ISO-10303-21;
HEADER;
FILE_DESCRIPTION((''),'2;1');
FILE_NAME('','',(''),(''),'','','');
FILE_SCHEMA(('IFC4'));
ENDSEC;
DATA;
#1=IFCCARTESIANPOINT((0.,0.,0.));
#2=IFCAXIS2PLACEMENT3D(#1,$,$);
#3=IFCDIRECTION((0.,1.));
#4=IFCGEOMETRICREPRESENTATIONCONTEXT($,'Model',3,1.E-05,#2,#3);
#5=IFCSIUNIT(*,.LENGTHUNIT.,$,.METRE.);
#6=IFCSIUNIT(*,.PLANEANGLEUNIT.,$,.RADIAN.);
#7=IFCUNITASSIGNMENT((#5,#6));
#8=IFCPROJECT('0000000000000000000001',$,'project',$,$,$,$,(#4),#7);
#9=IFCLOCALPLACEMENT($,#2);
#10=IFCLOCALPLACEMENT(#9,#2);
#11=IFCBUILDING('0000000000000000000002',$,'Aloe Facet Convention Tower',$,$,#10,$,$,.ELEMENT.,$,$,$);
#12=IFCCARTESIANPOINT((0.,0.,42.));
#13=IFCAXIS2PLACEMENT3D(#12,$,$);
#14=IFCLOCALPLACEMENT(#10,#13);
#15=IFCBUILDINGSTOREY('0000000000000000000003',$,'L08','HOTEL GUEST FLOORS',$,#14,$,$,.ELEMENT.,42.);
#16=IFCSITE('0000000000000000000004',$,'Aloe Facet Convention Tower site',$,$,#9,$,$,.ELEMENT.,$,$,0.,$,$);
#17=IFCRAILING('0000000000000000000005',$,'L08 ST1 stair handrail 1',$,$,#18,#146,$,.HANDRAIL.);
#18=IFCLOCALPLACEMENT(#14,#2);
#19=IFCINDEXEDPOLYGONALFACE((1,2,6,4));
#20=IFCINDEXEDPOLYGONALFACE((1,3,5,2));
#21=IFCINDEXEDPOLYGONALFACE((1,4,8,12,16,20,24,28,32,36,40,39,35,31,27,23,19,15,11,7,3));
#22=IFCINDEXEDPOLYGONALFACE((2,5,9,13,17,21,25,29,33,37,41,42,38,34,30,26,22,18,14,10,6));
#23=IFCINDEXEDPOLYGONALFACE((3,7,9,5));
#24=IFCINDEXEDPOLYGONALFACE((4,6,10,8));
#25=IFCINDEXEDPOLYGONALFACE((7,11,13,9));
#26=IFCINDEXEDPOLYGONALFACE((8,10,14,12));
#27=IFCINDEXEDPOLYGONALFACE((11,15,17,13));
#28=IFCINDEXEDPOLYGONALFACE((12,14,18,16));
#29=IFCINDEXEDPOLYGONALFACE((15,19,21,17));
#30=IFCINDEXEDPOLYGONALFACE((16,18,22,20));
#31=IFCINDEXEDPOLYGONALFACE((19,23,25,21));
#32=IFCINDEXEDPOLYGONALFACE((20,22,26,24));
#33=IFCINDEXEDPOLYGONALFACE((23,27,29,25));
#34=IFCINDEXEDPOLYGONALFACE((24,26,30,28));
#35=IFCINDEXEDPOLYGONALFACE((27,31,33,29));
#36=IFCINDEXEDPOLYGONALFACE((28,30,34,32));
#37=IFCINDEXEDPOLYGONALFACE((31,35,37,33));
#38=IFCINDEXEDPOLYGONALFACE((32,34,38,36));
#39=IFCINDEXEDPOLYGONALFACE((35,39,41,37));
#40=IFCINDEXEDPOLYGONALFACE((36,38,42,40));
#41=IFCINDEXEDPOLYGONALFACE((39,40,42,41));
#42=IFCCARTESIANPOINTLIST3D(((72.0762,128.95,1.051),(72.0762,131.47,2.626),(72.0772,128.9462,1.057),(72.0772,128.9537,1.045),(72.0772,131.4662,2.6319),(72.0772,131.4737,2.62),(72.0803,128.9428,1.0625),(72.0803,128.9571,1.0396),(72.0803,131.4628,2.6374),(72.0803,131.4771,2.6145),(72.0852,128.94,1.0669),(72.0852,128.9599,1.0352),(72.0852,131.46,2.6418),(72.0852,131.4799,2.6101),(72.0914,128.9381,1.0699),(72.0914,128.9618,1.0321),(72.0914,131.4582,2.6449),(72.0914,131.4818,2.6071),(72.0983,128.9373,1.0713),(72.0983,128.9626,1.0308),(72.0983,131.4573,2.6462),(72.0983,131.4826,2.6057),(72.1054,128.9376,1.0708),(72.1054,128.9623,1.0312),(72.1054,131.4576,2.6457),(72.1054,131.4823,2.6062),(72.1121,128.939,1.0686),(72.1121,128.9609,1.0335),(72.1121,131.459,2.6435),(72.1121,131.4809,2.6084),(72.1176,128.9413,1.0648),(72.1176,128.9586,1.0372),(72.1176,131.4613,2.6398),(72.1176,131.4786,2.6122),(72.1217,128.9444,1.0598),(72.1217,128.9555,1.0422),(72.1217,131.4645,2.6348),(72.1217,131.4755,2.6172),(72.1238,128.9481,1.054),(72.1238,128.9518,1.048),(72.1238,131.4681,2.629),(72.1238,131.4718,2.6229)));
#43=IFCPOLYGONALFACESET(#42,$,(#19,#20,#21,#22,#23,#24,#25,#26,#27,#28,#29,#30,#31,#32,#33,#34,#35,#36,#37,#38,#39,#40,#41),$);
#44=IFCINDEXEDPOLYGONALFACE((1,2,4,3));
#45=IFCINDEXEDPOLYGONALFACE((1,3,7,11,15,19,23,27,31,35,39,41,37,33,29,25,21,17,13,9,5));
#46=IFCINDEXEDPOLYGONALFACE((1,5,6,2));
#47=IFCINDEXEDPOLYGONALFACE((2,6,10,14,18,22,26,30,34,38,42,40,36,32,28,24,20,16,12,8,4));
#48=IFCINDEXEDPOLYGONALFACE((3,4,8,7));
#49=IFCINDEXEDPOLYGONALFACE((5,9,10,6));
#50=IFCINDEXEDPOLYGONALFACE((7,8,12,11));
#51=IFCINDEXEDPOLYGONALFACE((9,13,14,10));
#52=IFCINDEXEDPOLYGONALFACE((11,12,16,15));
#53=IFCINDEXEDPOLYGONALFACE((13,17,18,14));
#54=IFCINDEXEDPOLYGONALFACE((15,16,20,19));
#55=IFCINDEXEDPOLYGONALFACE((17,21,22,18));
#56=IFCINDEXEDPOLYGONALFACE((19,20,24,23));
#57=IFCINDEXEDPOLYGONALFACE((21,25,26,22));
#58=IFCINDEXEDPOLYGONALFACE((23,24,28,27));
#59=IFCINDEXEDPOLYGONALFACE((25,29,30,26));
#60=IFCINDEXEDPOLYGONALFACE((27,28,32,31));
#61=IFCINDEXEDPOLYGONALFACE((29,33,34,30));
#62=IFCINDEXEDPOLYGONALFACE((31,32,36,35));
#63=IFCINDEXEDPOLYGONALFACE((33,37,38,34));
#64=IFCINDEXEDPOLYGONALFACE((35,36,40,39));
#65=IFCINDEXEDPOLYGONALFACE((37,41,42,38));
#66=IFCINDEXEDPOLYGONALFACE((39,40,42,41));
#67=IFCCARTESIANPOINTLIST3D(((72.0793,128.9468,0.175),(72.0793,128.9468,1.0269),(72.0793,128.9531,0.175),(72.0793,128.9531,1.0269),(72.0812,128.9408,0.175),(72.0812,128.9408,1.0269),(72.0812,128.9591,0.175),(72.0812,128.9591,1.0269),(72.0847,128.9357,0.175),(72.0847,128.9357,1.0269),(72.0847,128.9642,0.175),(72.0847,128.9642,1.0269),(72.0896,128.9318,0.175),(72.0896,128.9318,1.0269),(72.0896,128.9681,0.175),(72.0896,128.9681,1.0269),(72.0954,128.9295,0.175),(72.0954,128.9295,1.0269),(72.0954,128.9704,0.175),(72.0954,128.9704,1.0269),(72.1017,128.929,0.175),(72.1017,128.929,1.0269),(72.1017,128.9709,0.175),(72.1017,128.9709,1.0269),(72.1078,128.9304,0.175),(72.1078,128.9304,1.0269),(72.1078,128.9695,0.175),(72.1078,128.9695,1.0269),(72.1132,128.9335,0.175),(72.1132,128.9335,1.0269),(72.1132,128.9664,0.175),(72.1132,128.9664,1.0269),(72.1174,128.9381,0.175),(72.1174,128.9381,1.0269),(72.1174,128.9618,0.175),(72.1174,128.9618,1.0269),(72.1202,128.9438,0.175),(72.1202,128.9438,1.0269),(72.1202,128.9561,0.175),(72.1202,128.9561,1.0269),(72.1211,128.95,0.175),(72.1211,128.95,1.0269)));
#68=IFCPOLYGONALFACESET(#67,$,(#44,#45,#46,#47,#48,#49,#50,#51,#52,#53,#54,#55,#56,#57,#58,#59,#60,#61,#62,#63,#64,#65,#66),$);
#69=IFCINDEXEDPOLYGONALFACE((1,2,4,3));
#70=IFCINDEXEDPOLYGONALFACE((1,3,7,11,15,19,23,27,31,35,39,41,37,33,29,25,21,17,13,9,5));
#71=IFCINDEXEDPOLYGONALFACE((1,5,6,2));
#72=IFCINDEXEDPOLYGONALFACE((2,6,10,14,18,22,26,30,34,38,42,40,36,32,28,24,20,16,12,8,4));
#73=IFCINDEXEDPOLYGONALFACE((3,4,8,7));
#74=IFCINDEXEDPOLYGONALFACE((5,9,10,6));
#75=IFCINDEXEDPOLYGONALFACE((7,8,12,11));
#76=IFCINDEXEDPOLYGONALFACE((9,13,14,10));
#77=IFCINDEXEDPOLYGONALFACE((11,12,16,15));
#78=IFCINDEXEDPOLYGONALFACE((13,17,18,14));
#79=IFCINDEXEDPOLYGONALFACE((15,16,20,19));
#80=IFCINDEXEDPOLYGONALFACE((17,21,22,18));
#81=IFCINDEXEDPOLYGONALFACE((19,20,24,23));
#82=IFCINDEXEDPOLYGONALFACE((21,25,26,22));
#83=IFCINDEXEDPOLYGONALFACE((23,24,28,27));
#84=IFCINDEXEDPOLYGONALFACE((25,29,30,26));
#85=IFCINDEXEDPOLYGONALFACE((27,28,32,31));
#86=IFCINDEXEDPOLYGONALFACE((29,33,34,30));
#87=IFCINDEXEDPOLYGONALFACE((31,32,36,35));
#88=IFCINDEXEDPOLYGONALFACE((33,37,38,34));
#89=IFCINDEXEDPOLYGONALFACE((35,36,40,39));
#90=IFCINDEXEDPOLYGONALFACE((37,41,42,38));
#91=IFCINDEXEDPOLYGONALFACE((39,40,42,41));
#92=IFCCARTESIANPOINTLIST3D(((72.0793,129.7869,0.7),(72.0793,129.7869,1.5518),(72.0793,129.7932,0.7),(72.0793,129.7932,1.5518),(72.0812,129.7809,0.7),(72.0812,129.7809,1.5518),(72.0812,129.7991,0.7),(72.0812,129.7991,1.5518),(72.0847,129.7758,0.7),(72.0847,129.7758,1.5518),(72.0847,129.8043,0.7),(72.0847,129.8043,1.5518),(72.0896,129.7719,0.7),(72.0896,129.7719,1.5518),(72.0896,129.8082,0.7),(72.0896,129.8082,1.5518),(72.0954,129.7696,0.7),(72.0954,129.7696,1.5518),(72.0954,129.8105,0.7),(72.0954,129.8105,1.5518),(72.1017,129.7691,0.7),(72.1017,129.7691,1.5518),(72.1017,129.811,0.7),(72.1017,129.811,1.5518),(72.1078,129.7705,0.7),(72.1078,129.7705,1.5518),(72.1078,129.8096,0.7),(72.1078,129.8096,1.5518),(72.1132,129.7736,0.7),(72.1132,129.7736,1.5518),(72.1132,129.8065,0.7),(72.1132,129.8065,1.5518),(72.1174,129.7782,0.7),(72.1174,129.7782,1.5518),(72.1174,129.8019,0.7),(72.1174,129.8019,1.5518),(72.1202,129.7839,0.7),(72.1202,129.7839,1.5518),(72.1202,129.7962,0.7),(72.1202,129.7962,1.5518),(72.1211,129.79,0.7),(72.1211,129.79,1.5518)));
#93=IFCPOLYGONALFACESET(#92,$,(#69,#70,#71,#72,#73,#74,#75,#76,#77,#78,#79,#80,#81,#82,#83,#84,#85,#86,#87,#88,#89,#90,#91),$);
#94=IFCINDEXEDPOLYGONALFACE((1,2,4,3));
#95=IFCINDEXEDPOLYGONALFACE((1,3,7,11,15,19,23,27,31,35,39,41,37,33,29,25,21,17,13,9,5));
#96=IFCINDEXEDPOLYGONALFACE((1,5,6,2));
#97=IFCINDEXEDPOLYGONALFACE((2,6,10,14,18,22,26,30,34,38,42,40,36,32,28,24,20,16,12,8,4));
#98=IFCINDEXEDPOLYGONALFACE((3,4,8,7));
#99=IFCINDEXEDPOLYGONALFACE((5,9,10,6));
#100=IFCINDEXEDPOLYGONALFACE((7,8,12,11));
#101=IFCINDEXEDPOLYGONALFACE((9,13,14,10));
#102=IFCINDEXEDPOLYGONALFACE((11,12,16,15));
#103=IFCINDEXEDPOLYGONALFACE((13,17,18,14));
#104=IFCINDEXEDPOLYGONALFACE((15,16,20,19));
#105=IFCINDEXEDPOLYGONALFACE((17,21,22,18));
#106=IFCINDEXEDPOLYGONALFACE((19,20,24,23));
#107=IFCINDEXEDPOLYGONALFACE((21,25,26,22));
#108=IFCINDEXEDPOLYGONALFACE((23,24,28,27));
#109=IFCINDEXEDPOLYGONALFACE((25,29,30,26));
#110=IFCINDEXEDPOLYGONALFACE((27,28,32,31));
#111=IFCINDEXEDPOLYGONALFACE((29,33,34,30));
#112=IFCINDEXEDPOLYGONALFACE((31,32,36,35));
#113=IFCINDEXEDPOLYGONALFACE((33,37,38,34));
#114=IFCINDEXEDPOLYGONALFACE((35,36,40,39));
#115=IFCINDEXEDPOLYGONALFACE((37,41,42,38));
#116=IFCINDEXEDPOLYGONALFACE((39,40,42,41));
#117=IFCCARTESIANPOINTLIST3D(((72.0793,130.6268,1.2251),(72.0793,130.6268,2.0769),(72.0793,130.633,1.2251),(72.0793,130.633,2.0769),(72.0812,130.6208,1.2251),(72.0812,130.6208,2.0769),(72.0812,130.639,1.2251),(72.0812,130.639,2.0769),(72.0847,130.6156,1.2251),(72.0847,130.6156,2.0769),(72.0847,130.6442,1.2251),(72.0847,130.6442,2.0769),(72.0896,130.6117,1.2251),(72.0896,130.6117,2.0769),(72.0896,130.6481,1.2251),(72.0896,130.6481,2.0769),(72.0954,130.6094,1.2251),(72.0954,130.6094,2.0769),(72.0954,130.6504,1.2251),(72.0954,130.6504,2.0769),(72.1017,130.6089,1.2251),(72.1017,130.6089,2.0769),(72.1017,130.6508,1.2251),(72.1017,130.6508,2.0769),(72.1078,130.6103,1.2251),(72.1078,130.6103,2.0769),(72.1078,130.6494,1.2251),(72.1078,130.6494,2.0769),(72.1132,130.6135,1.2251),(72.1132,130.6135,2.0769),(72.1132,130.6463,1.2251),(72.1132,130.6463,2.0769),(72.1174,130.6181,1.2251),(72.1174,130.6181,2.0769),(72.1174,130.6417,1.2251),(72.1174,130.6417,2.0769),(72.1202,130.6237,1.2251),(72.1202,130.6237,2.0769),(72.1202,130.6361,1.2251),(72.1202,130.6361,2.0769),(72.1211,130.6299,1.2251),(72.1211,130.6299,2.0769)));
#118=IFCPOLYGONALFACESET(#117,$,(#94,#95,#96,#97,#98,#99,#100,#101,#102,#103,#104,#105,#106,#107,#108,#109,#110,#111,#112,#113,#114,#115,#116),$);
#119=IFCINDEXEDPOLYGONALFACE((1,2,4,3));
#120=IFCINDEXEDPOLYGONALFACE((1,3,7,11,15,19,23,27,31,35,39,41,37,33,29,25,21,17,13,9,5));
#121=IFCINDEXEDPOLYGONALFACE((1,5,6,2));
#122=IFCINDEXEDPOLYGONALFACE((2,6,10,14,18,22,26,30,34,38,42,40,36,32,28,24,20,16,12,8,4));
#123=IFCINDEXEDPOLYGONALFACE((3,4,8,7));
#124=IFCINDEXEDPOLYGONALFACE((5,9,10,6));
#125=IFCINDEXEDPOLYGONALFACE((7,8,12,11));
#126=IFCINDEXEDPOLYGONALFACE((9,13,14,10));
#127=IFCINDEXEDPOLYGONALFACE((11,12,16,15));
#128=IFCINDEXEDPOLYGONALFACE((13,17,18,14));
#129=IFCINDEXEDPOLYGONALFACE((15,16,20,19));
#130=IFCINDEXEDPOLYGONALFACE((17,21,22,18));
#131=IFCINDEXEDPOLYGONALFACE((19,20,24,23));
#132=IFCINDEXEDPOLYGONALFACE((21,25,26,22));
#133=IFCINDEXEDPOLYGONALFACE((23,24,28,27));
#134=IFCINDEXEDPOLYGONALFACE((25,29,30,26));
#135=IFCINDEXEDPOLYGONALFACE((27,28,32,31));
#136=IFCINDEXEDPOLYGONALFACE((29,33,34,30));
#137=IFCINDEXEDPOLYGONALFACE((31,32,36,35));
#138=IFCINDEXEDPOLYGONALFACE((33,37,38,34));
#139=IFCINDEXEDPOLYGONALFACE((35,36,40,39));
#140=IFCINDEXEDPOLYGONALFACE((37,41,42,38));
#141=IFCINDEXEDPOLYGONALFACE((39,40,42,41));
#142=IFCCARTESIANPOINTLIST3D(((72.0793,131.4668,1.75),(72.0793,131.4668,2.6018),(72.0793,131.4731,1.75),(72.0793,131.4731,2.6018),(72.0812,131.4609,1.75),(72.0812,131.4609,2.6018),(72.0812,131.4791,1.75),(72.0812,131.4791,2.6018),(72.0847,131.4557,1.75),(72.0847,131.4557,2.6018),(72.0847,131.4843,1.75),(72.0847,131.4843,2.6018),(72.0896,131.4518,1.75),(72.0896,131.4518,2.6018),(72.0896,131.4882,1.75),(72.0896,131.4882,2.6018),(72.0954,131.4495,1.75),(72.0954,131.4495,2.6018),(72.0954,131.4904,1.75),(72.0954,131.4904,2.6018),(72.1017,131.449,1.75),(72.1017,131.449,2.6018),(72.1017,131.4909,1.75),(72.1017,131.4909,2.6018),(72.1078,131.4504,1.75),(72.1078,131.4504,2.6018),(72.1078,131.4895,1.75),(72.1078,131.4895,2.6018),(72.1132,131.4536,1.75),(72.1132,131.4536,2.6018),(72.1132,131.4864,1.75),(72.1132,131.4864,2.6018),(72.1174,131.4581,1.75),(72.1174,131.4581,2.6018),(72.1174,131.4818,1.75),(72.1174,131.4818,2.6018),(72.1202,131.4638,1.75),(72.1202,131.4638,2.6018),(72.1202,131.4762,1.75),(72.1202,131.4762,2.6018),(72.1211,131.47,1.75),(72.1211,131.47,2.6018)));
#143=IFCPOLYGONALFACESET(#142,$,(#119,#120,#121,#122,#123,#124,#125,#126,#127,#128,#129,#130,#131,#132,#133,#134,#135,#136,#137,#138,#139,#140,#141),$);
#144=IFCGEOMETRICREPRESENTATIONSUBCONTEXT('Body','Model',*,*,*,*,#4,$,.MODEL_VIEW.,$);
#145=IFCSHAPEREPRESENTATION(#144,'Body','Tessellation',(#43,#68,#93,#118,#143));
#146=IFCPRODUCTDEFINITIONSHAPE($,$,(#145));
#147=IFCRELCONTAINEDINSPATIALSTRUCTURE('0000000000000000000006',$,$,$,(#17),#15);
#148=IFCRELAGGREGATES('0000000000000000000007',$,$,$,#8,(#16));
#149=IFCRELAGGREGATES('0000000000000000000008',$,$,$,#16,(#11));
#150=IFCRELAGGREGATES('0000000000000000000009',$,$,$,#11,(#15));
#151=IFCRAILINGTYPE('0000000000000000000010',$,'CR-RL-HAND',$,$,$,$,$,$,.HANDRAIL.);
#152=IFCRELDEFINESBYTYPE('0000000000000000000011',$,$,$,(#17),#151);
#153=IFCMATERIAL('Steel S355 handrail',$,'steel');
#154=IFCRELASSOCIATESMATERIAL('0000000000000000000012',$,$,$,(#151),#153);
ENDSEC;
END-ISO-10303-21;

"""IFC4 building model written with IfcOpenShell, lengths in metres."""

from ifc_helpers import new_model, si_unit, direction, frame, origin, origin_2d, place, context, subcontext, project, spatial, circle, extrude, material, type_object, element, save


model = new_model("IFC4")

# Units and contexts
model_context = context("Model", 3, precision=1e-05, world=origin(), true_north=direction((0.0, 1.0)))
body_context = subcontext(model_context, "Body", "Model", "MODEL_VIEW")
ifc_project = project(units=[si_unit("LENGTHUNIT", "METRE"), si_unit("PLANEANGLEUNIT", "RADIAN")], contexts=[model_context])

# Site, building, storey
site_placement = place(None, origin())
site = spatial("IfcSite", under=ifc_project, at=site_placement, Name="Aloe Facet Convention Tower site", CompositionType="ELEMENT", RefElevation=0.0)
building_placement = place(site_placement, origin())
building = spatial("IfcBuilding", under=site, at=building_placement, Name="Aloe Facet Convention Tower", CompositionType="ELEMENT")
storey_placement = place(building_placement, frame((0.0, 0.0, 42.0)))
storey = spatial("IfcBuildingStorey", under=building, at=storey_placement, Name="L08", Description="HOTEL GUEST FLOORS", CompositionType="ELEMENT", Elevation=42.0)

# Railing
ifc_material_1 = material(Name="Steel S355 handrail", Category="steel")
railing_type_1 = type_object("IfcRailingType", Name="CR-RL-HAND", PredefinedType="HANDRAIL", material=ifc_material_1)
railing_1_placement = place(storey_placement, frame((72.1001, 128.95, 0.175)))
element("IfcRailing", 1, at=railing_1_placement, inside=storey, type_object=railing_type_1, Name="L08 ST1 stair handrail 1", PredefinedType="HANDRAIL", context=body_context, shape_type="SweptSolid", body=[
    extrude(circle(Radius=0.0239, at=origin_2d()), frame((0.0, 0.0, 0.876), z_axis=(0.0, 0.848008, 0.529984), x_axis=(-1.0, 0.0, 0.0)), (0.0, 0.0, 1.0), 2.9717),
    extrude(circle(Radius=0.021, at=origin_2d()), origin(), (0.0, 0.0, 1.0), 0.8518),
    extrude(circle(Radius=0.021, at=origin_2d()), frame((0.0, 0.8401, 0.5249)), (0.0, 0.0, 1.0), 0.8518),
    extrude(circle(Radius=0.021, at=origin_2d()), frame((0.0, 1.6799, 1.05)), (0.0, 0.0, 1.0), 0.8518),
    extrude(circle(Radius=0.021, at=origin_2d()), frame((0.0, 2.52, 1.575)), (0.0, 0.0, 1.0), 0.8518),
])

save(model, "model.ifc")
